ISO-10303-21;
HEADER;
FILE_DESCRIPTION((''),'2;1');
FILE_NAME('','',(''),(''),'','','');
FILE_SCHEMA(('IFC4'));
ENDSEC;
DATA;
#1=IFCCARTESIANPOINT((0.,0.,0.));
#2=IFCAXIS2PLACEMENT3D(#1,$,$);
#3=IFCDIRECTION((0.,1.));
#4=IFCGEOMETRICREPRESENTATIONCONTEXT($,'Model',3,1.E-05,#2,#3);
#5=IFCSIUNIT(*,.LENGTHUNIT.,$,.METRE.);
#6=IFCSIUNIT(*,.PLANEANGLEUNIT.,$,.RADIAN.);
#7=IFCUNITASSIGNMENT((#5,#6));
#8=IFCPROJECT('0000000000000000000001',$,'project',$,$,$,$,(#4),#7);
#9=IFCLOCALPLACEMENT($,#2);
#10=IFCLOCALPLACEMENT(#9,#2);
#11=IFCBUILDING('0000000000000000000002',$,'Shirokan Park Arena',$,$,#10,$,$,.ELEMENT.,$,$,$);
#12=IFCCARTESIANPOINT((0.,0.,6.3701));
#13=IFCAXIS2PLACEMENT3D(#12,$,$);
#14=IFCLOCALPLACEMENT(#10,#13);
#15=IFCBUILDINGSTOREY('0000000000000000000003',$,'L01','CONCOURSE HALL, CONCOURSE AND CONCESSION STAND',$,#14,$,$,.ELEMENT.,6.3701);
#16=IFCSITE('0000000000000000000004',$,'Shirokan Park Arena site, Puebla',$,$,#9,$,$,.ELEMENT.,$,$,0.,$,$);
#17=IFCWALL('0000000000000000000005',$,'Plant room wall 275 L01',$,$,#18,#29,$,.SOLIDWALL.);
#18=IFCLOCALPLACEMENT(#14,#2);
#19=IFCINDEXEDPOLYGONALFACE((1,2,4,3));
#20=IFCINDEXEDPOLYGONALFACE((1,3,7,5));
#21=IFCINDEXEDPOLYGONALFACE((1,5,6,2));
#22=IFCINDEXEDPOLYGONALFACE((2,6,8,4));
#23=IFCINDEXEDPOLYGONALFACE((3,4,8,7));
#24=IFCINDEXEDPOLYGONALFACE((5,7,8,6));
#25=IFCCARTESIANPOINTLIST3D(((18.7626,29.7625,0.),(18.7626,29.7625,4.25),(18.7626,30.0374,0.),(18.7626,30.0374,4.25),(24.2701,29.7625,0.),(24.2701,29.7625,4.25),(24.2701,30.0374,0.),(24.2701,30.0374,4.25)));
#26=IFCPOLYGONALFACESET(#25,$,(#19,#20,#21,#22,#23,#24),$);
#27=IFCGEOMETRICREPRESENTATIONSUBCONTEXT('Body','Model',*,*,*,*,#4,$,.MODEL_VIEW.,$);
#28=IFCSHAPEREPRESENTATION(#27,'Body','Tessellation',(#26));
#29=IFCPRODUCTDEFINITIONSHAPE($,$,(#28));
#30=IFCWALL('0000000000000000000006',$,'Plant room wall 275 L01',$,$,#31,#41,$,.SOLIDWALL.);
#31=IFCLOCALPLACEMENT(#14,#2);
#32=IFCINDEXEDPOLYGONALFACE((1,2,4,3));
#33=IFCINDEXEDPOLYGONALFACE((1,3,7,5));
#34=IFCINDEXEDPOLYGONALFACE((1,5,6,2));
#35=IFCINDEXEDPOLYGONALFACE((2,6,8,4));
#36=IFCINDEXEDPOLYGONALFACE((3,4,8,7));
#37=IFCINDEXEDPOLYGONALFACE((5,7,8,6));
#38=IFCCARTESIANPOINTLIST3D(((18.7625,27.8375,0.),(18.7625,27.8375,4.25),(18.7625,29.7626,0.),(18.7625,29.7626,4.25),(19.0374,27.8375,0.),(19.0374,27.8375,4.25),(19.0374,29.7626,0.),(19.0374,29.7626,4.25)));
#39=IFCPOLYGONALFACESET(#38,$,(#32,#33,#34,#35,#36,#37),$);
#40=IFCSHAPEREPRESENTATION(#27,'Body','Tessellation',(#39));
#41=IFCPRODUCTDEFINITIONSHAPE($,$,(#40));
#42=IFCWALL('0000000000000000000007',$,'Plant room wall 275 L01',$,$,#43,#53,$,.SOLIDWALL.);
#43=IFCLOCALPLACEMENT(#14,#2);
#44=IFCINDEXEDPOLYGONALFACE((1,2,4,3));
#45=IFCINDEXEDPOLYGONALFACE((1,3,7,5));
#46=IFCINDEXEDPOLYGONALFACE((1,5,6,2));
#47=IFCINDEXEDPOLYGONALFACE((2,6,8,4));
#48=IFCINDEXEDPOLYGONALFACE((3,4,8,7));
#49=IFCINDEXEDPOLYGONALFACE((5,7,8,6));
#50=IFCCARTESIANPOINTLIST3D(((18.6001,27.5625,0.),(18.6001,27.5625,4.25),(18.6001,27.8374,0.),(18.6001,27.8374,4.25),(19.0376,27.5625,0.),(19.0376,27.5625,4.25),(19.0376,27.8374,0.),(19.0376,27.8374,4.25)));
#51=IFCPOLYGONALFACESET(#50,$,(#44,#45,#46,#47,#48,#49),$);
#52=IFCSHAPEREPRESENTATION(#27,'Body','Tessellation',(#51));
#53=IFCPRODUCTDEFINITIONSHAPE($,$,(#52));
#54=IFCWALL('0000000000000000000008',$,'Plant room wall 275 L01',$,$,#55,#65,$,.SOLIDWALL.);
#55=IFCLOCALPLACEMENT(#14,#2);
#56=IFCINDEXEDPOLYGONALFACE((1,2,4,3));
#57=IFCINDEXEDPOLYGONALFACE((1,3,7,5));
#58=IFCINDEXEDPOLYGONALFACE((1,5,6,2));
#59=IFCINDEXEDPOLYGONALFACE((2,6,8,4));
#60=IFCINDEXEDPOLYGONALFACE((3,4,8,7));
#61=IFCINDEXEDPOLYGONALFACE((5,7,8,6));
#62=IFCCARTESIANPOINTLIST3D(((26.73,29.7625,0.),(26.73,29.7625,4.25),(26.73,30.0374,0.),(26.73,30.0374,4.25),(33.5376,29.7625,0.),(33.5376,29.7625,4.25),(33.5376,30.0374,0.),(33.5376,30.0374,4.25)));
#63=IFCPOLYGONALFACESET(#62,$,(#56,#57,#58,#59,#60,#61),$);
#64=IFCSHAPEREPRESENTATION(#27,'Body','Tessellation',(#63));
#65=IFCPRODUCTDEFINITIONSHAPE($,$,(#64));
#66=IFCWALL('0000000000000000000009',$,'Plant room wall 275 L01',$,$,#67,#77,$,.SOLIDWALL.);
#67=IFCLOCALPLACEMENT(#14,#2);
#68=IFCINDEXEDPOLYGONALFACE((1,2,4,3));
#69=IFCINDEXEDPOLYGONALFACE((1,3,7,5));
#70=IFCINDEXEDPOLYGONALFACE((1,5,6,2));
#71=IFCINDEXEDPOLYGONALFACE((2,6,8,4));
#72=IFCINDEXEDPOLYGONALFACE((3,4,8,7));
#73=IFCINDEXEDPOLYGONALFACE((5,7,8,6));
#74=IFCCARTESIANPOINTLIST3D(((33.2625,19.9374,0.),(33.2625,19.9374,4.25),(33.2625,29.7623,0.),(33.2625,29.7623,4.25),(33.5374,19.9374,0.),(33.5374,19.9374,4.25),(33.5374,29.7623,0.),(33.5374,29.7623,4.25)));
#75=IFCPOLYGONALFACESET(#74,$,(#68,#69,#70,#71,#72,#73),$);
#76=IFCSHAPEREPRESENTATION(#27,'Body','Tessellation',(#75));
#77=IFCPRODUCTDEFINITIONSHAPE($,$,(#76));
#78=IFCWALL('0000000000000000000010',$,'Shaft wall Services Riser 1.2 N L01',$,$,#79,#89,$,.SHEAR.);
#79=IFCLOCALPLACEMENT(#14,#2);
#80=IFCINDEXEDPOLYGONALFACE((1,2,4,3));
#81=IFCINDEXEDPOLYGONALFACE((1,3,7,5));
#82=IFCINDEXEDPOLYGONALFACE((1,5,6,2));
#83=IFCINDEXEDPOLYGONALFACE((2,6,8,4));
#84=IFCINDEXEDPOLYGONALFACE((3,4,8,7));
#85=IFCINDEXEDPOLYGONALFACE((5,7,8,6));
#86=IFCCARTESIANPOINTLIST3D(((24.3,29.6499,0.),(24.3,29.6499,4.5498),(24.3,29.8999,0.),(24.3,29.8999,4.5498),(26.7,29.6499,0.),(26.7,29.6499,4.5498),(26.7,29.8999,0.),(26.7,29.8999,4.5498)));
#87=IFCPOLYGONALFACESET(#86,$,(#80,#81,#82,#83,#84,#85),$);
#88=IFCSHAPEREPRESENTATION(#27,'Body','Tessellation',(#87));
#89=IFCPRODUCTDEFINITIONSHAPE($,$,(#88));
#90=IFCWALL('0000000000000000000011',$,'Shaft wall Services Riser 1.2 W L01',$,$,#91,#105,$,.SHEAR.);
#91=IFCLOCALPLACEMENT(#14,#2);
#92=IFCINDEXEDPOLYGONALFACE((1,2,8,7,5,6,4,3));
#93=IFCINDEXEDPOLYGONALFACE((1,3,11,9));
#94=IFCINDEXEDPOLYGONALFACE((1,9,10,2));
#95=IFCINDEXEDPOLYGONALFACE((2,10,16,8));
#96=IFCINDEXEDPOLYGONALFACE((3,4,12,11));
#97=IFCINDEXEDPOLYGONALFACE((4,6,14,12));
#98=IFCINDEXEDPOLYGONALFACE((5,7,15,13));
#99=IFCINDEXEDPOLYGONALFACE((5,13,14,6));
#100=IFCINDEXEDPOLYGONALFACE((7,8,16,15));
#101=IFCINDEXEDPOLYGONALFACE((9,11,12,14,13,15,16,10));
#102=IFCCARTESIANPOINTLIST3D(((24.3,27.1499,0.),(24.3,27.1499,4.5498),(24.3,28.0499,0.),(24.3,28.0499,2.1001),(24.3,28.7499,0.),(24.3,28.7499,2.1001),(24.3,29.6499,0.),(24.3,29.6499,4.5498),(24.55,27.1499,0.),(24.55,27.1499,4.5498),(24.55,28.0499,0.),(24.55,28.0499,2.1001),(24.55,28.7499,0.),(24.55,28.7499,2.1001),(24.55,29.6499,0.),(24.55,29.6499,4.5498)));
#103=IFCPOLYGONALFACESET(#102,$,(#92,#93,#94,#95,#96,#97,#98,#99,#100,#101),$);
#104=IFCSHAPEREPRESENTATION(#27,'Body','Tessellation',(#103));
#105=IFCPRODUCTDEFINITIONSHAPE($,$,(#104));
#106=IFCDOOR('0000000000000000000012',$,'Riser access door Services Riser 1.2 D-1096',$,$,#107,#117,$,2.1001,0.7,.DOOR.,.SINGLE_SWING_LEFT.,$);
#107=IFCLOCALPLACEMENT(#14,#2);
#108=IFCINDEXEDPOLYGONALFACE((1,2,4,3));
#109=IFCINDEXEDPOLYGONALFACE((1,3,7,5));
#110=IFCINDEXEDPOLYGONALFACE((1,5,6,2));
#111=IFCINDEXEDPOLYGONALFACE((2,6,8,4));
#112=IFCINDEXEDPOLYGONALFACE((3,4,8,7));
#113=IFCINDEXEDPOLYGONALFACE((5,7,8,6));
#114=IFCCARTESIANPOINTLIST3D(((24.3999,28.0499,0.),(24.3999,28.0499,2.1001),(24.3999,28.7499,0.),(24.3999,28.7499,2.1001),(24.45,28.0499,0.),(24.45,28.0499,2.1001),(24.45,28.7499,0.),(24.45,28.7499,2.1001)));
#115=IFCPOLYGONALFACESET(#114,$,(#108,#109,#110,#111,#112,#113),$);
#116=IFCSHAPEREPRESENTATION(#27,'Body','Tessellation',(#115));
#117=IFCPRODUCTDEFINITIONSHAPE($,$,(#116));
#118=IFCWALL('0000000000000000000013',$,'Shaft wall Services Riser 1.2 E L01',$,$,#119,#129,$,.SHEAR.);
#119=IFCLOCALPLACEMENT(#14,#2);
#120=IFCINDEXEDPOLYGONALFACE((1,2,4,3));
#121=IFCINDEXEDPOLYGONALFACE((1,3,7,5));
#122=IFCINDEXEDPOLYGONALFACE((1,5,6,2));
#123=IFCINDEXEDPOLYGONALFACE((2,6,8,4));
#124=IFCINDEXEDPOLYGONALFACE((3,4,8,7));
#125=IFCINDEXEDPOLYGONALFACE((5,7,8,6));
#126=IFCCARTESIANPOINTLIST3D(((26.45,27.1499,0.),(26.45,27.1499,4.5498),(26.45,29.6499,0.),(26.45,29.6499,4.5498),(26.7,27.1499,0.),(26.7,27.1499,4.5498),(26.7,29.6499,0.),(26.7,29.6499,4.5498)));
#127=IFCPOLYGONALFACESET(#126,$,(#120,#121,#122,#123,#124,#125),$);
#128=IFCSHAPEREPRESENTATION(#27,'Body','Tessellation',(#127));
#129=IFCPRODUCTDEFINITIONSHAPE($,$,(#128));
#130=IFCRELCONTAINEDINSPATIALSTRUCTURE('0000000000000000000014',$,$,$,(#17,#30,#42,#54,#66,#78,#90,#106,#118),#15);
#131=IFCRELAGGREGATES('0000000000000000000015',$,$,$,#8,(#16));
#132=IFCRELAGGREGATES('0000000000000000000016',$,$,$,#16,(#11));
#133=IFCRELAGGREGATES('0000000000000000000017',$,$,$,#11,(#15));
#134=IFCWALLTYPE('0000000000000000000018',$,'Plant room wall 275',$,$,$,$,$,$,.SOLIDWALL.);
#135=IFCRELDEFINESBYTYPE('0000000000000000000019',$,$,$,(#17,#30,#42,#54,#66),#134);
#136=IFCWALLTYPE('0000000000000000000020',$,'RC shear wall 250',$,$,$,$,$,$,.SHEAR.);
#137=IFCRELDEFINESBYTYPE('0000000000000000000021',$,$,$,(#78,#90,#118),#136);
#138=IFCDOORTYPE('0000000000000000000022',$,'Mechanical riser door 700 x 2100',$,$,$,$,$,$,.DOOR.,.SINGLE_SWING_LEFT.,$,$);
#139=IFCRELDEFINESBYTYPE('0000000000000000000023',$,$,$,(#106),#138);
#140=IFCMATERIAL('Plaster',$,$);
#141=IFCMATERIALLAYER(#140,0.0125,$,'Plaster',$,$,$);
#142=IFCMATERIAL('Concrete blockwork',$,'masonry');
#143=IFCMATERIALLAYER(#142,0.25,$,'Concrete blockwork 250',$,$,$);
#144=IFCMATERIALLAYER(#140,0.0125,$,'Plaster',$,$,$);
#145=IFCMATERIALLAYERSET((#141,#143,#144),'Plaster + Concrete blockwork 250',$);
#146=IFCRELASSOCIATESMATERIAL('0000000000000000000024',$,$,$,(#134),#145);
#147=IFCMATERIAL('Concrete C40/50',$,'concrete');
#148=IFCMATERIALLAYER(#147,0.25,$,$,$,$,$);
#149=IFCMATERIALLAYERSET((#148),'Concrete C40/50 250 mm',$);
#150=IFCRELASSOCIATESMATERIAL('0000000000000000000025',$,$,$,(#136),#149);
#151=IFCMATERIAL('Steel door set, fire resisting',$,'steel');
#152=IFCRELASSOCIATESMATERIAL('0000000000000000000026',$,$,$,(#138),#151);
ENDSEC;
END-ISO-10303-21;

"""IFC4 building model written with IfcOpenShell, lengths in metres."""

from ifc_helpers import new_model, si_unit, direction, frame, frame_2d, origin, place, context, subcontext, project, spatial, rectangle, extrude, material, layer, layer_set, type_object, element, fill, save


model = new_model("IFC4")

# Units and contexts
model_context = context("Model", 3, precision=1e-05, world=origin(), true_north=direction((0.0, 1.0)))
body_context = subcontext(model_context, "Body", "Model", "MODEL_VIEW")
ifc_project = project(units=[si_unit("LENGTHUNIT", "METRE"), si_unit("PLANEANGLEUNIT", "RADIAN")], contexts=[model_context])

# Site, building, storey
site_placement = place(None, origin())
site = spatial("IfcSite", under=ifc_project, at=site_placement, Name="Shirokan Park Arena site, Puebla", CompositionType="ELEMENT", RefElevation=0.0)
building_placement = place(site_placement, origin())
building = spatial("IfcBuilding", under=site, at=building_placement, Name="Shirokan Park Arena", CompositionType="ELEMENT")
storey_placement = place(building_placement, frame((0.0, 0.0, 6.3701)))
storey = spatial("IfcBuildingStorey", under=building, at=storey_placement, Name="L01", Description="CONCOURSE HALL, CONCOURSE AND CONCESSION STAND", CompositionType="ELEMENT", Elevation=6.3701)

# Walls
ifc_material_1 = material(Name="Plaster")
ifc_layer_1 = layer(ifc_material_1, 0.0125, Name="Plaster")
ifc_material_2 = material(Name="Concrete blockwork", Category="masonry")
ifc_layer_2 = layer(ifc_material_2, 0.25, Name="Concrete blockwork 250")
ifc_layer_3 = layer(ifc_material_1, 0.0125, Name="Plaster")
ifc_layer_set_1 = layer_set([ifc_layer_1, ifc_layer_2, ifc_layer_3], Name="Plaster + Concrete blockwork 250")
wall_type_1 = type_object("IfcWallType", Name="Plant room wall 275", PredefinedType="SOLIDWALL", material=ifc_layer_set_1)
wall_1_placement = place(storey_placement, frame((18.7625, 29.8999, 0.0), z_axis=(0.0, 0.0, 1.0), x_axis=(1.0, 0.0, 0.0)))
element("IfcWall", 1, at=wall_1_placement, inside=storey, type_object=wall_type_1, Name="Plant room wall 275 L01", PredefinedType="SOLIDWALL", context=body_context, shape_type="SweptSolid", body=[
    extrude(rectangle(XDim=5.5076, YDim=0.2749, at=frame_2d((2.7539, 0.0))), origin(), (0.0, 0.0, 1.0), 4.25),
])
wall_2_placement = place(storey_placement, frame((18.8999, 29.7625, 0.0), z_axis=(0.0, 0.0, 1.0), x_axis=(0.0, -1.0, 0.0)))
element("IfcWall", 2, at=wall_2_placement, inside=storey, type_object=wall_type_1, Name="Plant room wall 275 L01", PredefinedType="SOLIDWALL", context=body_context, shape_type="SweptSolid", body=[
    extrude(rectangle(XDim=1.925, YDim=0.2749, at=frame_2d((0.9624, 0.0))), origin(), (0.0, 0.0, 1.0), 4.25),
])
wall_3_placement = place(storey_placement, frame((19.0376, 27.7, 0.0), z_axis=(0.0, 0.0, 1.0), x_axis=(-1.0, 0.0, 0.0)))
element("IfcWall", 3, at=wall_3_placement, inside=storey, type_object=wall_type_1, Name="Plant room wall 275 L01", PredefinedType="SOLIDWALL", context=body_context, shape_type="SweptSolid", body=[
    extrude(rectangle(XDim=0.4375, YDim=0.2749, at=frame_2d((0.2188, 0.0))), origin(), (0.0, 0.0, 1.0), 4.25),
])
wall_4_placement = place(storey_placement, frame((26.73, 29.8999, 0.0), z_axis=(0.0, 0.0, 1.0), x_axis=(1.0, 0.0, 0.0)))
element("IfcWall", 4, at=wall_4_placement, inside=storey, type_object=wall_type_1, Name="Plant room wall 275 L01", PredefinedType="SOLIDWALL", context=body_context, shape_type="SweptSolid", body=[
    extrude(rectangle(XDim=6.8076, YDim=0.2749, at=frame_2d((3.4038, 0.0))), origin(), (0.0, 0.0, 1.0), 4.25),
])
wall_5_placement = place(storey_placement, frame((33.3999, 29.7625, 0.0), z_axis=(0.0, 0.0, 1.0), x_axis=(0.0, -1.0, 0.0)))
element("IfcWall", 5, at=wall_5_placement, inside=storey, type_object=wall_type_1, Name="Plant room wall 275 L01", PredefinedType="SOLIDWALL", context=body_context, shape_type="SweptSolid", body=[
    extrude(rectangle(XDim=9.825, YDim=0.2749, at=frame_2d((4.9126, 0.0))), origin(), (0.0, 0.0, 1.0), 4.25),
])
ifc_material_3 = material(Name="Concrete C40/50", Category="concrete")
ifc_layer_4 = layer(ifc_material_3, 0.25)
ifc_layer_set_2 = layer_set([ifc_layer_4], Name="Concrete C40/50 250 mm")
wall_type_2 = type_object("IfcWallType", Name="RC shear wall 250", PredefinedType="SHEAR", material=ifc_layer_set_2)
wall_6_placement = place(storey_placement, frame((26.7, 29.7749, 0.0), z_axis=(0.0, 0.0, 1.0), x_axis=(-1.0, 0.0, 0.0)))
element("IfcWall", 6, at=wall_6_placement, inside=storey, type_object=wall_type_2, Name="Shaft wall Services Riser 1.2 N L01", PredefinedType="SHEAR", context=body_context, shape_type="SweptSolid", body=[
    extrude(rectangle(XDim=2.3999, YDim=0.25, at=frame_2d((1.2, 0.0))), origin(), (0.0, 0.0, 1.0), 4.5498),
])

# Wall, opening, door
wall_7_placement = place(storey_placement, frame((24.425, 29.6499, 0.0), z_axis=(0.0, 0.0, 1.0), x_axis=(0.0, -1.0, 0.0)))
wall_7 = element("IfcWall", 7, at=wall_7_placement, inside=storey, type_object=wall_type_2, Name="Shaft wall Services Riser 1.2 W L01", PredefinedType="SHEAR", context=body_context, shape_type="SweptSolid", body=[
    extrude(rectangle(XDim=2.5, YDim=0.25, at=frame_2d((1.25, 0.0))), origin(), (0.0, 0.0, 1.0), 4.5498),
])
opening_placement = place(wall_7_placement, frame((0.8999, 0.0, 0.0)))
opening = element("IfcOpeningElement", 8, at=opening_placement, cuts=wall_7, PredefinedType="OPENING", context=body_context, shape_type="SweptSolid", body=[
    extrude(rectangle(XDim=0.7, YDim=2.1001, at=frame_2d((0.3501, 1.05))), frame((0.0, 0.135, 0.0), z_axis=(0.0, -1.0, 0.0), x_axis=(1.0, 0.0, 0.0)), (0.0, 0.0, 1.0), 0.27),
])
ifc_material_4 = material(Name="Steel door set, fire resisting", Category="steel")
door_type = type_object("IfcDoorType", Name="Mechanical riser door 700 x 2100", OperationType="SINGLE_SWING_LEFT", PredefinedType="DOOR", material=ifc_material_4)
door_placement = place(opening_placement, origin())
door = element("IfcDoor", 9, at=door_placement, inside=storey, type_object=door_type, Name="Riser access door Services Riser 1.2 D-1096", OperationType="SINGLE_SWING_LEFT", OverallHeight=2.1001, OverallWidth=0.7, PredefinedType="DOOR", context=body_context, shape_type="SweptSolid", body=[
    extrude(rectangle(XDim=0.7, YDim=2.1001, at=frame_2d((0.3501, 1.05))), frame((0.0, 0.0249, 0.0), z_axis=(0.0, -1.0, 0.0), x_axis=(1.0, 0.0, 0.0)), (0.0, 0.0, 1.0), 0.05),
])
fill(opening, door)

# Wall
wall_8_placement = place(storey_placement, frame((26.575, 29.6499, 0.0), z_axis=(0.0, 0.0, 1.0), x_axis=(0.0, -1.0, 0.0)))
element("IfcWall", 10, at=wall_8_placement, inside=storey, type_object=wall_type_2, Name="Shaft wall Services Riser 1.2 E L01", PredefinedType="SHEAR", context=body_context, shape_type="SweptSolid", body=[
    extrude(rectangle(XDim=2.5, YDim=0.25, at=frame_2d((1.25, 0.0))), origin(), (0.0, 0.0, 1.0), 4.5498),
])

save(model, "model.ifc")
